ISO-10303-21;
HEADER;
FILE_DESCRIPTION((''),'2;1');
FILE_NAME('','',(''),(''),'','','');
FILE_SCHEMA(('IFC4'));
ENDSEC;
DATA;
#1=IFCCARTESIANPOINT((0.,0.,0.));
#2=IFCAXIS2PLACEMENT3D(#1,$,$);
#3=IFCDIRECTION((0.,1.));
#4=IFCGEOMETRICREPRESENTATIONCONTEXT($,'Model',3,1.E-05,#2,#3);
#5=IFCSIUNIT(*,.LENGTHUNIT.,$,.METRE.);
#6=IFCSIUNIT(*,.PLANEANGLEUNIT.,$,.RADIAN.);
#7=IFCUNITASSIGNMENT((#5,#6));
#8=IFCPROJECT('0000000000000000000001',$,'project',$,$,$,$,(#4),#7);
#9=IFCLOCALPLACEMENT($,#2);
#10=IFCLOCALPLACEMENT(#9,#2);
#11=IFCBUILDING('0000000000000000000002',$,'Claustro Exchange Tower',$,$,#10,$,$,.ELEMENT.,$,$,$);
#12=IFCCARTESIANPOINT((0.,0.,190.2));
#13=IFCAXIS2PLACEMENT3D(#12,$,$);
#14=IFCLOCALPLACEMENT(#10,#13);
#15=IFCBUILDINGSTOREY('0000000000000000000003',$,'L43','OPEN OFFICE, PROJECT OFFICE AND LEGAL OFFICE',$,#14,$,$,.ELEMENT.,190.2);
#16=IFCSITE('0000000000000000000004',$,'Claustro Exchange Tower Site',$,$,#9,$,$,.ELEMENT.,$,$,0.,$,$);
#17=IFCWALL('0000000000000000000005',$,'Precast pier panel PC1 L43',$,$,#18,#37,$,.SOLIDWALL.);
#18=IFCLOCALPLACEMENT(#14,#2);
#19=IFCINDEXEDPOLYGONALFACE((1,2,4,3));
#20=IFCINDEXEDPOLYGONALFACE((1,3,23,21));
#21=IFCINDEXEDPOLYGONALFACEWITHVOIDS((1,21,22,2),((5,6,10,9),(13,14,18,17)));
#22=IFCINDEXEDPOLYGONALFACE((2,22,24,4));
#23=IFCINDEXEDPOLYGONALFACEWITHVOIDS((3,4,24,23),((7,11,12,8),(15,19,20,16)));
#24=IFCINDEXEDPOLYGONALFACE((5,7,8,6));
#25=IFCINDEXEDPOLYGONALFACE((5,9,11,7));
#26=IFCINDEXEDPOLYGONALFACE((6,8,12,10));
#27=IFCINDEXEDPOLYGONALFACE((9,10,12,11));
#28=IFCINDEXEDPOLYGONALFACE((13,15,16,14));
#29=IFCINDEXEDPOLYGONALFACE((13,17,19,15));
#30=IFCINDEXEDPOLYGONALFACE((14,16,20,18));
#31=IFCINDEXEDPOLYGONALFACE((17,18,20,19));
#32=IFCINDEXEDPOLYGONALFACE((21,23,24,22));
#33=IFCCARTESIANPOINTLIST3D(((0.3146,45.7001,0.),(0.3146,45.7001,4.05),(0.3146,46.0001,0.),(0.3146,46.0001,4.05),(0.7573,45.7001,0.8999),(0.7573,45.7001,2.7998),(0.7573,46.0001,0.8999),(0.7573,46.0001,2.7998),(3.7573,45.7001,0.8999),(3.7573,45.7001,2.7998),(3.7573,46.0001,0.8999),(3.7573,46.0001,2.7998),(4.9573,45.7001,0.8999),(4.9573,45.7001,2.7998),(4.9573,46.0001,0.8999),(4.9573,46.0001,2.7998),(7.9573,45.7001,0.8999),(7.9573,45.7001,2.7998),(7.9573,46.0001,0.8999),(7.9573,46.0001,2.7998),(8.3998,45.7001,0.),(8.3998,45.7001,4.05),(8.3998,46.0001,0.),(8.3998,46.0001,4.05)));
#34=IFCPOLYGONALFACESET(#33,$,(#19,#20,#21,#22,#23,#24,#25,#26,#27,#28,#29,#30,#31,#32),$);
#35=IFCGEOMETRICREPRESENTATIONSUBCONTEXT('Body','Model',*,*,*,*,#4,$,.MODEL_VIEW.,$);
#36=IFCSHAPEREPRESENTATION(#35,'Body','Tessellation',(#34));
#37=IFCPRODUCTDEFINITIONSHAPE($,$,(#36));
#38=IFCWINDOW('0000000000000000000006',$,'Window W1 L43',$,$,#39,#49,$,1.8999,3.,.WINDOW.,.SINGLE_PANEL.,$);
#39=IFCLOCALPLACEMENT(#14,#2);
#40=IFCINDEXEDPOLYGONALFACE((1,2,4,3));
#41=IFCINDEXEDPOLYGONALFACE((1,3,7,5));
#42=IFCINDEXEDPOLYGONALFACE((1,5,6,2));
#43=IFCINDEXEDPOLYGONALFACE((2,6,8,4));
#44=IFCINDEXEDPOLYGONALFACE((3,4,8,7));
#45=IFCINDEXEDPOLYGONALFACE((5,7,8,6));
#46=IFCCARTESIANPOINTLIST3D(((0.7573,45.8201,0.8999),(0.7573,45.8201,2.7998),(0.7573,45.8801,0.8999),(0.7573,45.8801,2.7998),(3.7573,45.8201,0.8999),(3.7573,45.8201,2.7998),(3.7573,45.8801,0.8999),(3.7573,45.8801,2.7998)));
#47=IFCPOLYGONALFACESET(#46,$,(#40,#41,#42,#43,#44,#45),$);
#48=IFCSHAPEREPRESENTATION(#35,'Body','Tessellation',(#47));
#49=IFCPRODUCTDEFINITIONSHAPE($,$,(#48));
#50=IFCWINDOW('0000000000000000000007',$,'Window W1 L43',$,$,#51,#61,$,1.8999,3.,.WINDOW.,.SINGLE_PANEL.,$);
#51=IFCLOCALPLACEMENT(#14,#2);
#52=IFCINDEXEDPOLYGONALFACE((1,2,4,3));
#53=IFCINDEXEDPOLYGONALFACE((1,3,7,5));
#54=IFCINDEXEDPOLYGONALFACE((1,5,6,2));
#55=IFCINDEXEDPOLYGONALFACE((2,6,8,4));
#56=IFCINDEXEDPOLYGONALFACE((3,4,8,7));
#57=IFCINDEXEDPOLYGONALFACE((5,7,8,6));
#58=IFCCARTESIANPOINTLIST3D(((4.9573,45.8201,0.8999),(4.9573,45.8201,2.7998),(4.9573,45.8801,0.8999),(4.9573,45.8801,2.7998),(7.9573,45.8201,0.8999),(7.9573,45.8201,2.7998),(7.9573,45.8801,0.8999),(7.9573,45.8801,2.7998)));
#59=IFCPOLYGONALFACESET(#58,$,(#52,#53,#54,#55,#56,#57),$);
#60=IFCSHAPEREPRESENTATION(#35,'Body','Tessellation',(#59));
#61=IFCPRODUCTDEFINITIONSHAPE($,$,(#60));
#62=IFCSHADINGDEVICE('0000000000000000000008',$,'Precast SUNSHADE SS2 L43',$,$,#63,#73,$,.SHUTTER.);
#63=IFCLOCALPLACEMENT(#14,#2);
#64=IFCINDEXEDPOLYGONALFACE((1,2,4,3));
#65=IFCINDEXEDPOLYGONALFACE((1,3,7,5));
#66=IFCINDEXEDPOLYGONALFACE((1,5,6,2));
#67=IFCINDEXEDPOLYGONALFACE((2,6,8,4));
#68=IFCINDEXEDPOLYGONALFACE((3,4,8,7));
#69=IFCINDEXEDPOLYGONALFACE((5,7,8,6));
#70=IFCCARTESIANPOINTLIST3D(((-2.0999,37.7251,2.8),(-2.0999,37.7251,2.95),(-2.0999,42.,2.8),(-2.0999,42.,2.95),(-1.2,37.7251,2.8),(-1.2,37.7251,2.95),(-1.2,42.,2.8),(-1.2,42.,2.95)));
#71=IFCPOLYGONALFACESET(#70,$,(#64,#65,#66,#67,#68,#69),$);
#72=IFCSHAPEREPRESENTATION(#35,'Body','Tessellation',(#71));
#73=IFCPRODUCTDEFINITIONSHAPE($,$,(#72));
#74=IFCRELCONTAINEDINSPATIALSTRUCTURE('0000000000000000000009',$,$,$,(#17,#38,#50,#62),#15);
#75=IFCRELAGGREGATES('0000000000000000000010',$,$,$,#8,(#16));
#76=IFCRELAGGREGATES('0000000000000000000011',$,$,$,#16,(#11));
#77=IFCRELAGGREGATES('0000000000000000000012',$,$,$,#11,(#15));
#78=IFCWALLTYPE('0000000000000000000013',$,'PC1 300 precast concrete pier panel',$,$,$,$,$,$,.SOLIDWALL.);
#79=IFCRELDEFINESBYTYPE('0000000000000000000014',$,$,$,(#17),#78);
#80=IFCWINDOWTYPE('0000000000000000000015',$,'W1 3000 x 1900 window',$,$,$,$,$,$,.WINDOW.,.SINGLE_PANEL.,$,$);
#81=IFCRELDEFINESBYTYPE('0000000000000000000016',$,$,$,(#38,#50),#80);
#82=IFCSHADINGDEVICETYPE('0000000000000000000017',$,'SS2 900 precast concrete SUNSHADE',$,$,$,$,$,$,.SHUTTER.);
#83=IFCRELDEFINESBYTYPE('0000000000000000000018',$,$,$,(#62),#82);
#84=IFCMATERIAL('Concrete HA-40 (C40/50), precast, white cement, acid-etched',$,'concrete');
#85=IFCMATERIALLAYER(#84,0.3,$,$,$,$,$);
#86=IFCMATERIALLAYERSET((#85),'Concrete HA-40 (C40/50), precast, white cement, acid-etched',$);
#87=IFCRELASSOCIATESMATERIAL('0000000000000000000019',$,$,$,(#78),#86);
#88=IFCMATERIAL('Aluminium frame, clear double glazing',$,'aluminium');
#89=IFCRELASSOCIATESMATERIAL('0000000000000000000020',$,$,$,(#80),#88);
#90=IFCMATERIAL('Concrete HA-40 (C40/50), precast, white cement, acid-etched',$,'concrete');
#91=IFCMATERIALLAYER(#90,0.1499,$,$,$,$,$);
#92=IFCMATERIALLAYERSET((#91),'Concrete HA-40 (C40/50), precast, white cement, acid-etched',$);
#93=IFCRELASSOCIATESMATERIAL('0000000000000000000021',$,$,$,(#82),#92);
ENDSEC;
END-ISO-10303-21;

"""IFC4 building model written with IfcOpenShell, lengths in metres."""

from ifc_helpers import new_model, si_unit, direction, frame, frame_2d, origin, origin_2d, place, context, subcontext, project, spatial, rectangle, extrude, material, layer, layer_set, type_object, element, fill, save


model = new_model("IFC4")

# Units and contexts
model_context = context("Model", 3, precision=1e-05, world=origin(), true_north=direction((0.0, 1.0)))
body_context = subcontext(model_context, "Body", "Model", "MODEL_VIEW")
ifc_project = project(units=[si_unit("LENGTHUNIT", "METRE"), si_unit("PLANEANGLEUNIT", "RADIAN")], contexts=[model_context])

# Site, building, storey
site_placement = place(None, origin())
site = spatial("IfcSite", under=ifc_project, at=site_placement, Name="Claustro Exchange Tower Site", CompositionType="ELEMENT", RefElevation=0.0)
building_placement = place(site_placement, origin())
building = spatial("IfcBuilding", under=site, at=building_placement, Name="Claustro Exchange Tower", CompositionType="ELEMENT")
storey_placement = place(building_placement, frame((0.0, 0.0, 190.2)))
storey = spatial("IfcBuildingStorey", under=building, at=storey_placement, Name="L43", Description="OPEN OFFICE, PROJECT OFFICE AND LEGAL OFFICE", CompositionType="ELEMENT", Elevation=190.2)

# Shared definitions
ifc_material_1 = material(Name="Concrete HA-40 (C40/50), precast, white cement, acid-etched", Category="concrete")
ifc_layer_1 = layer(ifc_material_1, 0.3)
ifc_layer_set_1 = layer_set([ifc_layer_1], Name="Concrete HA-40 (C40/50), precast, white cement, acid-etched")
wall_type_1 = type_object("IfcWallType", Name="PC1 300 precast concrete pier panel", PredefinedType="SOLIDWALL", material=ifc_layer_set_1)

# Wall, openings, windows
wall_1_placement = place(storey_placement, frame((0.3147, 45.8501, 0.0), z_axis=(0.0, 0.0, 1.0), x_axis=(1.0, 0.0, 0.0)))
wall_1 = element("IfcWall", 1, at=wall_1_placement, inside=storey, type_object=wall_type_1, Name="Precast pier panel PC1 L43", PredefinedType="SOLIDWALL", context=body_context, shape_type="SweptSolid", body=[
    extrude(rectangle(XDim=8.0852, YDim=0.3, at=frame_2d((4.0425, 0.0))), origin(), (0.0, 0.0, 1.0), 4.05),
])
opening_1_placement = place(wall_1_placement, frame((0.4426, 0.0, 0.8999)))
opening_1 = element("IfcOpeningElement", 2, at=opening_1_placement, cuts=wall_1, PredefinedType="OPENING", context=body_context, shape_type="SweptSolid", body=[
    extrude(rectangle(XDim=3.0, YDim=1.8999, at=frame_2d((1.5, 0.95))), frame((0.0, 0.1599, 0.0), z_axis=(0.0, -1.0, 0.0), x_axis=(1.0, 0.0, 0.0)), (0.0, 0.0, 1.0), 0.3201),
])
opening_2_placement = place(wall_1_placement, frame((4.6426, 0.0, 0.8999)))
opening_2 = element("IfcOpeningElement", 3, at=opening_2_placement, cuts=wall_1, PredefinedType="OPENING", context=body_context, shape_type="SweptSolid", body=[
    extrude(rectangle(XDim=3.0, YDim=1.8999, at=frame_2d((1.5, 0.95))), frame((0.0, 0.1599, 0.0), z_axis=(0.0, -1.0, 0.0), x_axis=(1.0, 0.0, 0.0)), (0.0, 0.0, 1.0), 0.3201),
])
ifc_material_2 = material(Name="Aluminium frame, clear double glazing", Category="aluminium")
window_type = type_object("IfcWindowType", Name="W1 3000 x 1900 window", PartitioningType="SINGLE_PANEL", PredefinedType="WINDOW", material=ifc_material_2)
window_1_placement = place(opening_1_placement, origin())
window_1 = element("IfcWindow", 4, at=window_1_placement, inside=storey, type_object=window_type, Name="Window W1 L43", OverallHeight=1.8999, OverallWidth=3.0, PartitioningType="SINGLE_PANEL", PredefinedType="WINDOW", context=body_context, shape_type="SweptSolid", body=[
    extrude(rectangle(XDim=3.0, YDim=1.8999, at=frame_2d((1.5, 0.95))), frame((0.0, 0.03, 0.0), z_axis=(0.0, -1.0, 0.0), x_axis=(1.0, 0.0, 0.0)), (0.0, 0.0, 1.0), 0.0601),
])
fill(opening_1, window_1)
window_2_placement = place(opening_2_placement, origin())
window_2 = element("IfcWindow", 5, at=window_2_placement, inside=storey, type_object=window_type, Name="Window W1 L43", OverallHeight=1.8999, OverallWidth=3.0, PartitioningType="SINGLE_PANEL", PredefinedType="WINDOW", context=body_context, shape_type="SweptSolid", body=[
    extrude(rectangle(XDim=3.0, YDim=1.8999, at=frame_2d((1.5, 0.95))), frame((0.0, 0.03, 0.0), z_axis=(0.0, -1.0, 0.0), x_axis=(1.0, 0.0, 0.0)), (0.0, 0.0, 1.0), 0.0601),
])
fill(opening_2, window_2)

# Shading device
ifc_material_3 = material(Name="Concrete HA-40 (C40/50), precast, white cement, acid-etched", Category="concrete")
ifc_layer_2 = layer(ifc_material_3, 0.1499)
ifc_layer_set_2 = layer_set([ifc_layer_2], Name="Concrete HA-40 (C40/50), precast, white cement, acid-etched")
shading_device_type = type_object("IfcShadingDeviceType", Name="SS2 900 precast concrete SUNSHADE", PredefinedType="SHUTTER", material=ifc_layer_set_2)
shading_device_placement = place(storey_placement, frame((-1.6499, 39.8625, 2.8), z_axis=(0.0, 0.0, 1.0), x_axis=(0.0, 1.0, 0.0)))
element("IfcShadingDevice", 6, at=shading_device_placement, inside=storey, type_object=shading_device_type, Name="Precast SUNSHADE SS2 L43", PredefinedType="SHUTTER", context=body_context, shape_type="SweptSolid", body=[
    extrude(rectangle(XDim=4.2749, YDim=0.8999, at=origin_2d()), origin(), (0.0, 0.0, 1.0), 0.1499),
])

save(model, "model.ifc")
